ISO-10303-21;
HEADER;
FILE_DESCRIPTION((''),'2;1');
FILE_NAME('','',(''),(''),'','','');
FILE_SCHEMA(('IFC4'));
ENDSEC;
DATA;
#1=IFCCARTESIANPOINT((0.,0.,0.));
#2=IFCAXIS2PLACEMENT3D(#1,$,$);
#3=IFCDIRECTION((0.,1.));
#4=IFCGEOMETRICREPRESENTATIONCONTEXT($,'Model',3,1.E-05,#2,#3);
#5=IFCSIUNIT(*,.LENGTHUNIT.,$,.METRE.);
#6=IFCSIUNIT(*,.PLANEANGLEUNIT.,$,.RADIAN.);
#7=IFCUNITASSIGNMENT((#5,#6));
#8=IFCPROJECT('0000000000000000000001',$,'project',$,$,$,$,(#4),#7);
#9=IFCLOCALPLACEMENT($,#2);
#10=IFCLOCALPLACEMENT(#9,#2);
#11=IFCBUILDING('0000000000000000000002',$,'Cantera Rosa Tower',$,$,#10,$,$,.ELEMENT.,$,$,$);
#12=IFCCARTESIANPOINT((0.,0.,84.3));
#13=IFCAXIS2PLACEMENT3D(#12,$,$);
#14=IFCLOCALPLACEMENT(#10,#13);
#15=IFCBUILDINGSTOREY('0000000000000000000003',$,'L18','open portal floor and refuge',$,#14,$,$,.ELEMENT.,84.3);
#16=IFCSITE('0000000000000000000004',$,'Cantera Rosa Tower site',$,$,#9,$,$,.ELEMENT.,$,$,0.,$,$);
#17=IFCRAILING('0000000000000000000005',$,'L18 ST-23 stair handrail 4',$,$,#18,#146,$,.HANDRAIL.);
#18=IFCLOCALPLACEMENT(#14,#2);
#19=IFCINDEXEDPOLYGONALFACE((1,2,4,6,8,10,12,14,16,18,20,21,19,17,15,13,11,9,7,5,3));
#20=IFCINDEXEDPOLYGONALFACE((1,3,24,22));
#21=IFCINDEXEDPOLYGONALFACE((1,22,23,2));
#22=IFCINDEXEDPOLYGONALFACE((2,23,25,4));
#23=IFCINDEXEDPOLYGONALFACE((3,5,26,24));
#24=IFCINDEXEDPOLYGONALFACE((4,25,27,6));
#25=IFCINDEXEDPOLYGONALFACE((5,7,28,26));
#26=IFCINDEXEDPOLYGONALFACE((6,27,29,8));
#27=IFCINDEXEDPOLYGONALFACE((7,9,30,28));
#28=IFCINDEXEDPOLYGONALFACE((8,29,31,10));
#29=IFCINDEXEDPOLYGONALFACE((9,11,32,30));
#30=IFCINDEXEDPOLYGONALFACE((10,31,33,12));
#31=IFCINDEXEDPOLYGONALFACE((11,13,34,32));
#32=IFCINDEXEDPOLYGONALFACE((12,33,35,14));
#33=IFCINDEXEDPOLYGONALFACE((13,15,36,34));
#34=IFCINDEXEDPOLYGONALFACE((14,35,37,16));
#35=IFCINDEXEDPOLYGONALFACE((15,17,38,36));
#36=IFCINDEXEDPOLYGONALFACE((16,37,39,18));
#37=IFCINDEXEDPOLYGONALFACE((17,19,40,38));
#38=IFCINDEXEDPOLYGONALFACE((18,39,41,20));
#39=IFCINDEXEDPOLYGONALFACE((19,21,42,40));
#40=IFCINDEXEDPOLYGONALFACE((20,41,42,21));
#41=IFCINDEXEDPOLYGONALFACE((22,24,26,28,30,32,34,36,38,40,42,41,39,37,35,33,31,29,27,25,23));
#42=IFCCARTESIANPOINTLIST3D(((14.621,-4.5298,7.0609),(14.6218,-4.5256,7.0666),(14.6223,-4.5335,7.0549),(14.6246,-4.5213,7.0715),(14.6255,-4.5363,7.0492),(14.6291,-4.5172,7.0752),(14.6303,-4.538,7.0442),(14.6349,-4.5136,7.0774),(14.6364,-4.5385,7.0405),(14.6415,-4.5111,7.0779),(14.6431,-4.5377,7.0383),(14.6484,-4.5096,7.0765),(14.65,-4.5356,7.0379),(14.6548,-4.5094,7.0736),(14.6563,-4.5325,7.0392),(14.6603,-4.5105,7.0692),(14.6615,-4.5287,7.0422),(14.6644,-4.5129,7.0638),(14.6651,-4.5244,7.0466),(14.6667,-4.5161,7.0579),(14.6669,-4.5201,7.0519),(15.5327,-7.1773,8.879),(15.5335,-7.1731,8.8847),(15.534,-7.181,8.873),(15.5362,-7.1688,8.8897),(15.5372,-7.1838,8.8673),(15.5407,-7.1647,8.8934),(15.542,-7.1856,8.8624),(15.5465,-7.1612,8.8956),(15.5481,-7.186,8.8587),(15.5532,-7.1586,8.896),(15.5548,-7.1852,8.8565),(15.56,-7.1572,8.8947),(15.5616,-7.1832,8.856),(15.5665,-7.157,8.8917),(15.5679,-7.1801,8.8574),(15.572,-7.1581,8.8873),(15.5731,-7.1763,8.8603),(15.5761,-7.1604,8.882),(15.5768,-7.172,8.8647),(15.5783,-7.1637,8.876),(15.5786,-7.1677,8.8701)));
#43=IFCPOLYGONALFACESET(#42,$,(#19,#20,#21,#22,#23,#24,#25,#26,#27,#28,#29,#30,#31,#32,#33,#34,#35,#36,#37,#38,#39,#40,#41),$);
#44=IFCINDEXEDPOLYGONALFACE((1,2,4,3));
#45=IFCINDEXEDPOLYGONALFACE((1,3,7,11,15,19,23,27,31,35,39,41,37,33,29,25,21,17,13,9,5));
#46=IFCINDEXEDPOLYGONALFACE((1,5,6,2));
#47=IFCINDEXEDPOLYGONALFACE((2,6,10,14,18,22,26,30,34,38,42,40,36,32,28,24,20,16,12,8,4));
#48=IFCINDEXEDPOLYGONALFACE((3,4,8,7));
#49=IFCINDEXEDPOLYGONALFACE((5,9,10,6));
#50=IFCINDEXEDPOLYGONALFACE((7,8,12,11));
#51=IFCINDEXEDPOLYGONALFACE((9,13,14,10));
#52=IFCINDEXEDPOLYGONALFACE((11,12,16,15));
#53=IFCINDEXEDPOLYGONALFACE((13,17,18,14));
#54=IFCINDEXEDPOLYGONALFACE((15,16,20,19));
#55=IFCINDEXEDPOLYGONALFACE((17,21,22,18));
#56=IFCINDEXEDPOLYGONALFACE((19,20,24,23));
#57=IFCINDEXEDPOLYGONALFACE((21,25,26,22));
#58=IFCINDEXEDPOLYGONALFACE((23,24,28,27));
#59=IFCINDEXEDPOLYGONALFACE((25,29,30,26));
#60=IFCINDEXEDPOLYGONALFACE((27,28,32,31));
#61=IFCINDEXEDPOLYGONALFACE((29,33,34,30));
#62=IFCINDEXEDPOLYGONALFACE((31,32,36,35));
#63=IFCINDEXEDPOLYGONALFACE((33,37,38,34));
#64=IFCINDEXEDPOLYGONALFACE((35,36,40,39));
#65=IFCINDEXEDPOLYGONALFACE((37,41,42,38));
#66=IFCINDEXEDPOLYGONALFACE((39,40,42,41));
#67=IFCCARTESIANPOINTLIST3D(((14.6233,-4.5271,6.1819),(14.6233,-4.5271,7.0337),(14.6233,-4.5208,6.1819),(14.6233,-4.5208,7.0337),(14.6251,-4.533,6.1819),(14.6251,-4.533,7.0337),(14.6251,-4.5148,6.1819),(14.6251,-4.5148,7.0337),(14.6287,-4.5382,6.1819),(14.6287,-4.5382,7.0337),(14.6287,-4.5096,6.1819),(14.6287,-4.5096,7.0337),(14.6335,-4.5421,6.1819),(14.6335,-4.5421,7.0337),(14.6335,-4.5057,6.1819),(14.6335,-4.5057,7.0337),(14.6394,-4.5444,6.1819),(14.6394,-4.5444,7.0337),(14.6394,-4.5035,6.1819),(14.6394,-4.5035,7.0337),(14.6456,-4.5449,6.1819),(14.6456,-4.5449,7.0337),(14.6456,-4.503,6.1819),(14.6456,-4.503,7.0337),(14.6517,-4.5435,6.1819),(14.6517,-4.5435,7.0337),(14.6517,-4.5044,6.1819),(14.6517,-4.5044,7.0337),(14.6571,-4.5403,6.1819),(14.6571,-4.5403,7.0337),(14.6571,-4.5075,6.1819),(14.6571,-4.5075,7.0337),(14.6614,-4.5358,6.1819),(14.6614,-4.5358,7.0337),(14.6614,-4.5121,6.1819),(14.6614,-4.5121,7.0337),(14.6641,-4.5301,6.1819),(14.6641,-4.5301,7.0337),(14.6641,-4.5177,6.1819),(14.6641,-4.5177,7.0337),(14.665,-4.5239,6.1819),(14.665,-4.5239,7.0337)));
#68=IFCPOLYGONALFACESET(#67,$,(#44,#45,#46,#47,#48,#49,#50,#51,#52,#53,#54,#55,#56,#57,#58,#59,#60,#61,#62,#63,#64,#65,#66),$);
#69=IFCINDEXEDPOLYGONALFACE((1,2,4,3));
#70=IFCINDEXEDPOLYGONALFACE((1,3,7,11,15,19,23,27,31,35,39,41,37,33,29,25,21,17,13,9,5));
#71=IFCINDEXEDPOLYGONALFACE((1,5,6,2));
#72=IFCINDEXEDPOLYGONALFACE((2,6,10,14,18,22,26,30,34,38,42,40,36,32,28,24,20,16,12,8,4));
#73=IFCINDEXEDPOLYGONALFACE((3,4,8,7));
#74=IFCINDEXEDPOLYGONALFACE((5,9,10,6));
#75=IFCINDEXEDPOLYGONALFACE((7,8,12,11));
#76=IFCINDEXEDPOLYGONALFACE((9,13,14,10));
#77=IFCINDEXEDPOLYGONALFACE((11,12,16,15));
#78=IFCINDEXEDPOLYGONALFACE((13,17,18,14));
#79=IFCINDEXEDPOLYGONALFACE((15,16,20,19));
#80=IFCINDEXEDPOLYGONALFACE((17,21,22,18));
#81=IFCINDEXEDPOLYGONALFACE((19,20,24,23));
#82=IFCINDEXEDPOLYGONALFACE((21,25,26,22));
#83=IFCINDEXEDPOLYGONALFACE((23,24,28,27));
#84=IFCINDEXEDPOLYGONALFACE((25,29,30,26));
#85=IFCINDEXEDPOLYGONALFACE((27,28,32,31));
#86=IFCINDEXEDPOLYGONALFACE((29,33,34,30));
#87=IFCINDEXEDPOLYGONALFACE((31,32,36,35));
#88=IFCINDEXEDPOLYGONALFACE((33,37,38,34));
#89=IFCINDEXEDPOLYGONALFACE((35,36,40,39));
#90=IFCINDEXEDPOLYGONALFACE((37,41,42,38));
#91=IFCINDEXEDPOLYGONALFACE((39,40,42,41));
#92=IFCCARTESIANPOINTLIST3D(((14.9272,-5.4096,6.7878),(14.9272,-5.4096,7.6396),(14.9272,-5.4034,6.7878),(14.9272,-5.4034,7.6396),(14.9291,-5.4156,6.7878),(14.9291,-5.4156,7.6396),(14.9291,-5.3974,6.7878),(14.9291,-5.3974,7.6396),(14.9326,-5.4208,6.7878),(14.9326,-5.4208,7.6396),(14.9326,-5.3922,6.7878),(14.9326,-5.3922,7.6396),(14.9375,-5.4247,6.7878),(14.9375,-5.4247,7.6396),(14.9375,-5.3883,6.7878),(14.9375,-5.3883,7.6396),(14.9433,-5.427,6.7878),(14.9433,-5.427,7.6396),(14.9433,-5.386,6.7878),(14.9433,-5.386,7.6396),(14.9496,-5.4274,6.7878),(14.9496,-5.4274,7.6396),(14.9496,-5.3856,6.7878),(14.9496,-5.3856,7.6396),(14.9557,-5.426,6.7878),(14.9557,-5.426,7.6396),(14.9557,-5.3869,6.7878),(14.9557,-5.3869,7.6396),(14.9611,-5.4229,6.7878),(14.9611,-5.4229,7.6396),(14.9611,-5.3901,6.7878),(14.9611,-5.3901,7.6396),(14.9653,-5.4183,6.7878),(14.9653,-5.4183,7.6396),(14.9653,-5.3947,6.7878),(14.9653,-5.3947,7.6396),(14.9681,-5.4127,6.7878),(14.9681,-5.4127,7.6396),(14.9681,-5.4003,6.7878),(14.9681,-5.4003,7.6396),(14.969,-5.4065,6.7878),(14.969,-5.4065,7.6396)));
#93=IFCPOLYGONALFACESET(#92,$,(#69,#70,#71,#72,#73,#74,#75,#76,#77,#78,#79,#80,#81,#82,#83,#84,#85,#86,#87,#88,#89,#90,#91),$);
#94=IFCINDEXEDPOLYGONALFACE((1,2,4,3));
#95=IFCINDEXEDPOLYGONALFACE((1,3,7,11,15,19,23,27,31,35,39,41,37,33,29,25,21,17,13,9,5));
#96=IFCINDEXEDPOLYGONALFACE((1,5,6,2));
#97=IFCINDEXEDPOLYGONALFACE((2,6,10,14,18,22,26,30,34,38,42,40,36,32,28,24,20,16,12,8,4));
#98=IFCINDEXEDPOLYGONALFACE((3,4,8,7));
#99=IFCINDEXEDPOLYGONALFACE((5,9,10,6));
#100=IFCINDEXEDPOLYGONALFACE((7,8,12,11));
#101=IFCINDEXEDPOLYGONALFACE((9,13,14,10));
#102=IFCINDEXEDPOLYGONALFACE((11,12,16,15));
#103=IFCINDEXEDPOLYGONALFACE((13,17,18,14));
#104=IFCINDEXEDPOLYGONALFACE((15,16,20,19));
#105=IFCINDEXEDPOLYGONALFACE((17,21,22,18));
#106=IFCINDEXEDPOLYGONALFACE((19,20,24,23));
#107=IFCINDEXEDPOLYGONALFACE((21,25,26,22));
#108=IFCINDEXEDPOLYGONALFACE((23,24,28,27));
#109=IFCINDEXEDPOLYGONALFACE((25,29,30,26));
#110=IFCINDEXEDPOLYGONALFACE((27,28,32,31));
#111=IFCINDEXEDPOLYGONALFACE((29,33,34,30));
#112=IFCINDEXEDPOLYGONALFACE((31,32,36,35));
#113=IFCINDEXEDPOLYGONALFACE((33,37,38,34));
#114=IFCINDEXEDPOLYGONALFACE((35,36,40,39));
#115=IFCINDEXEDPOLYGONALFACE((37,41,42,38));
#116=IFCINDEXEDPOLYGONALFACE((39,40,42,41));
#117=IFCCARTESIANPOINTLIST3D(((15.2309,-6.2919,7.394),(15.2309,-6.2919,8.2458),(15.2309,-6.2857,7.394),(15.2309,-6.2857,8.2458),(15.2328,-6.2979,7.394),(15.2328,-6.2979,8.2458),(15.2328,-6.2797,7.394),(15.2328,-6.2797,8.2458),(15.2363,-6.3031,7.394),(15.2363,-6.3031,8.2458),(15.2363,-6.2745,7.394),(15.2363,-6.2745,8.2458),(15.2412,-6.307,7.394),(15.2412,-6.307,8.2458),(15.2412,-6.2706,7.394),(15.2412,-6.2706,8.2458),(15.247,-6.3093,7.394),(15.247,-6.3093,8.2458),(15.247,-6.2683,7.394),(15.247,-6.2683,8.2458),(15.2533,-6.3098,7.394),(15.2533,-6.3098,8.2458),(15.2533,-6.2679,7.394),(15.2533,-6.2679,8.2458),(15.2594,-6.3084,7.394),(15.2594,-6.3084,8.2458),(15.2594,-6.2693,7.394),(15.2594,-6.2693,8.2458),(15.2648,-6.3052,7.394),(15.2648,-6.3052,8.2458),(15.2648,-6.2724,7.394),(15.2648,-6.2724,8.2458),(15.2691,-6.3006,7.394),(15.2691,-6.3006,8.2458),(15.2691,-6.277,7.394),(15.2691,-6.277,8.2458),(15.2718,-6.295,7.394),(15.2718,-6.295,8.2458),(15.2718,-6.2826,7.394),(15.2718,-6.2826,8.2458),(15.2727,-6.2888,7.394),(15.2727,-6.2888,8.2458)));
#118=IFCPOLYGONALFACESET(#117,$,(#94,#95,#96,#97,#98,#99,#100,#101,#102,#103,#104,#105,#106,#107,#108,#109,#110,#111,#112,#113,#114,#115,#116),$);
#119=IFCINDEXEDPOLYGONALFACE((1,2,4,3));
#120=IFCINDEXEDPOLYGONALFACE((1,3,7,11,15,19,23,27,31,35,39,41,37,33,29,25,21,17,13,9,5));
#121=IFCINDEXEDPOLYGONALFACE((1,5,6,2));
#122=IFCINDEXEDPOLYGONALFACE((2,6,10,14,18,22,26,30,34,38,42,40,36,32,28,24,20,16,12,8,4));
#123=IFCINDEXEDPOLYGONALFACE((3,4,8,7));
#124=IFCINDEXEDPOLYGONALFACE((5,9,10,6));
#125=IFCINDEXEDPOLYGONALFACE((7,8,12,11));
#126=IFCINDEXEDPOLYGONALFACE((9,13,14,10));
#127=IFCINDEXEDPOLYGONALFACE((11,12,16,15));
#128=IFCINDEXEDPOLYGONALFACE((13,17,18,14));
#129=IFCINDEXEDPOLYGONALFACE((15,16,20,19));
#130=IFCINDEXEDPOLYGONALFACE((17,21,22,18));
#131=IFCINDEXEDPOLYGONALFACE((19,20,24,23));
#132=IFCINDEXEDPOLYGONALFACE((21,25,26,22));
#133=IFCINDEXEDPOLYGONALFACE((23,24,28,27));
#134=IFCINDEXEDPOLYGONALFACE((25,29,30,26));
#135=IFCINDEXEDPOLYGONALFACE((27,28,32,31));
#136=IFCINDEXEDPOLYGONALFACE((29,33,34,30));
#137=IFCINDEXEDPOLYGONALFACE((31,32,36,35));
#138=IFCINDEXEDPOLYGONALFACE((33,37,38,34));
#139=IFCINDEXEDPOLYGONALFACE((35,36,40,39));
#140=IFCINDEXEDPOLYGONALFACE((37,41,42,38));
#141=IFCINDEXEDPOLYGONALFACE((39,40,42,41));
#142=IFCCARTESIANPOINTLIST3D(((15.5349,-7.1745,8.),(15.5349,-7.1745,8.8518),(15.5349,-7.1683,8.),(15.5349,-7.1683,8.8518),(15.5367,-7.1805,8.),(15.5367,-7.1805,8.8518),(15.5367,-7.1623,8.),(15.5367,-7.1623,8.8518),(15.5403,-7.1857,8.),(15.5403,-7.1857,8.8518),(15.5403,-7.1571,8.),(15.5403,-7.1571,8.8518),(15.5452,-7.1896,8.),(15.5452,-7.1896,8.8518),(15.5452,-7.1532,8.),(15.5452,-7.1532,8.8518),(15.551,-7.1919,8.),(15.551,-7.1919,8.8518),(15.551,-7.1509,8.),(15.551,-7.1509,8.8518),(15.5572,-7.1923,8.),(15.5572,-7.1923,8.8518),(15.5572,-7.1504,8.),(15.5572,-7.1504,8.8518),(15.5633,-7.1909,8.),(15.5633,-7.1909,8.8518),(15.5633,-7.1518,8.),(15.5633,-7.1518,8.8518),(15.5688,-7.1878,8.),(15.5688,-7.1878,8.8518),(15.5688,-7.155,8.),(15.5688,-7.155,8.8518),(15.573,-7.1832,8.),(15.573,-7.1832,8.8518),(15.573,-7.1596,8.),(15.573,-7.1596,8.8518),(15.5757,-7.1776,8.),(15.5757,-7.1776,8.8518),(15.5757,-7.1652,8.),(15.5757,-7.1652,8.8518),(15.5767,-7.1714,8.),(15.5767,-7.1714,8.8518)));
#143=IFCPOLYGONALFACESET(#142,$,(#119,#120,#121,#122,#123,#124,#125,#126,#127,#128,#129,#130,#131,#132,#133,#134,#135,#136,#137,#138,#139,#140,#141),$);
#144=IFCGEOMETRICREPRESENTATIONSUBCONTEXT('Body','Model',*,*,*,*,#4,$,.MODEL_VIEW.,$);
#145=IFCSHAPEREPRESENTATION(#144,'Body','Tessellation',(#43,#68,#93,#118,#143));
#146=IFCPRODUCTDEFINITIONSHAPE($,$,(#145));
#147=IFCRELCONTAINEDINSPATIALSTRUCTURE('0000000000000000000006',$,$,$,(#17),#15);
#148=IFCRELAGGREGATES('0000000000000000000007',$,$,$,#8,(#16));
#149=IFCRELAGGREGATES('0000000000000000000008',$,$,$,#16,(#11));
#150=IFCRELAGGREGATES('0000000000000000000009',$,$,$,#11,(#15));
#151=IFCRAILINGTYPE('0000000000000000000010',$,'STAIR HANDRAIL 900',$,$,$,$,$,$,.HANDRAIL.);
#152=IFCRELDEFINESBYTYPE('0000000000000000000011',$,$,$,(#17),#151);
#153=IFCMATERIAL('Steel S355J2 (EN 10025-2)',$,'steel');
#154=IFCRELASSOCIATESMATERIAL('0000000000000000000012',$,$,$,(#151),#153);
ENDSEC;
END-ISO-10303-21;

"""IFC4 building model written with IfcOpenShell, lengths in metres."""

from ifc_helpers import new_model, si_unit, direction, frame, origin, origin_2d, place, context, subcontext, project, spatial, circle, extrude, material, type_object, element, save


model = new_model("IFC4")

# Units and contexts
model_context = context("Model", 3, precision=1e-05, world=origin(), true_north=direction((0.0, 1.0)))
body_context = subcontext(model_context, "Body", "Model", "MODEL_VIEW")
ifc_project = project(units=[si_unit("LENGTHUNIT", "METRE"), si_unit("PLANEANGLEUNIT", "RADIAN")], contexts=[model_context])

# Site, building, storey
site_placement = place(None, origin())
site = spatial("IfcSite", under=ifc_project, at=site_placement, Name="Cantera Rosa Tower site", CompositionType="ELEMENT", RefElevation=0.0)
building_placement = place(site_placement, origin())
building = spatial("IfcBuilding", under=site, at=building_placement, Name="Cantera Rosa Tower", CompositionType="ELEMENT")
storey_placement = place(building_placement, frame((0.0, 0.0, 84.3)))
storey = spatial("IfcBuildingStorey", under=building, at=storey_placement, Name="L18", Description="open portal floor and refuge", CompositionType="ELEMENT", Elevation=84.3)

# Railing
ifc_material_1 = material(Name="Steel S355J2 (EN 10025-2)", Category="steel")
railing_type_1 = type_object("IfcRailingType", Name="STAIR HANDRAIL 900", PredefinedType="HANDRAIL", material=ifc_material_1)
for number, where, name in (
    (1, (14.644, -4.5239, 6.1819), "L18 ST-23 stair handrail 4"),
):
    element("IfcRailing", number, at=place(storey_placement, frame(where)), inside=storey, type_object=railing_type_1, Name=name, PredefinedType="HANDRAIL", context=body_context, shape_type="SweptSolid", body=[
        extrude(circle(Radius=0.0239, at=origin_2d()), frame((0.0, 0.0, 0.876), z_axis=(0.273062, -0.793007, 0.544589), x_axis=(0.945516, 0.325577, 0.0)), (0.0, 0.0, 1.0), 3.3386),
        extrude(circle(Radius=0.021, at=origin_2d()), origin(), (0.0, 0.0, 1.0), 0.8518),
        extrude(circle(Radius=0.021, at=origin_2d()), frame((0.304, -0.8826, 0.606)), (0.0, 0.0, 1.0), 0.8518),
        extrude(circle(Radius=0.021, at=origin_2d()), frame((0.6077, -1.7649, 1.2122)), (0.0, 0.0, 1.0), 0.8518),
        extrude(circle(Radius=0.021, at=origin_2d()), frame((0.9116, -2.6475, 1.8181)), (0.0, 0.0, 1.0), 0.8518),
    ])

save(model, "model.ifc")
